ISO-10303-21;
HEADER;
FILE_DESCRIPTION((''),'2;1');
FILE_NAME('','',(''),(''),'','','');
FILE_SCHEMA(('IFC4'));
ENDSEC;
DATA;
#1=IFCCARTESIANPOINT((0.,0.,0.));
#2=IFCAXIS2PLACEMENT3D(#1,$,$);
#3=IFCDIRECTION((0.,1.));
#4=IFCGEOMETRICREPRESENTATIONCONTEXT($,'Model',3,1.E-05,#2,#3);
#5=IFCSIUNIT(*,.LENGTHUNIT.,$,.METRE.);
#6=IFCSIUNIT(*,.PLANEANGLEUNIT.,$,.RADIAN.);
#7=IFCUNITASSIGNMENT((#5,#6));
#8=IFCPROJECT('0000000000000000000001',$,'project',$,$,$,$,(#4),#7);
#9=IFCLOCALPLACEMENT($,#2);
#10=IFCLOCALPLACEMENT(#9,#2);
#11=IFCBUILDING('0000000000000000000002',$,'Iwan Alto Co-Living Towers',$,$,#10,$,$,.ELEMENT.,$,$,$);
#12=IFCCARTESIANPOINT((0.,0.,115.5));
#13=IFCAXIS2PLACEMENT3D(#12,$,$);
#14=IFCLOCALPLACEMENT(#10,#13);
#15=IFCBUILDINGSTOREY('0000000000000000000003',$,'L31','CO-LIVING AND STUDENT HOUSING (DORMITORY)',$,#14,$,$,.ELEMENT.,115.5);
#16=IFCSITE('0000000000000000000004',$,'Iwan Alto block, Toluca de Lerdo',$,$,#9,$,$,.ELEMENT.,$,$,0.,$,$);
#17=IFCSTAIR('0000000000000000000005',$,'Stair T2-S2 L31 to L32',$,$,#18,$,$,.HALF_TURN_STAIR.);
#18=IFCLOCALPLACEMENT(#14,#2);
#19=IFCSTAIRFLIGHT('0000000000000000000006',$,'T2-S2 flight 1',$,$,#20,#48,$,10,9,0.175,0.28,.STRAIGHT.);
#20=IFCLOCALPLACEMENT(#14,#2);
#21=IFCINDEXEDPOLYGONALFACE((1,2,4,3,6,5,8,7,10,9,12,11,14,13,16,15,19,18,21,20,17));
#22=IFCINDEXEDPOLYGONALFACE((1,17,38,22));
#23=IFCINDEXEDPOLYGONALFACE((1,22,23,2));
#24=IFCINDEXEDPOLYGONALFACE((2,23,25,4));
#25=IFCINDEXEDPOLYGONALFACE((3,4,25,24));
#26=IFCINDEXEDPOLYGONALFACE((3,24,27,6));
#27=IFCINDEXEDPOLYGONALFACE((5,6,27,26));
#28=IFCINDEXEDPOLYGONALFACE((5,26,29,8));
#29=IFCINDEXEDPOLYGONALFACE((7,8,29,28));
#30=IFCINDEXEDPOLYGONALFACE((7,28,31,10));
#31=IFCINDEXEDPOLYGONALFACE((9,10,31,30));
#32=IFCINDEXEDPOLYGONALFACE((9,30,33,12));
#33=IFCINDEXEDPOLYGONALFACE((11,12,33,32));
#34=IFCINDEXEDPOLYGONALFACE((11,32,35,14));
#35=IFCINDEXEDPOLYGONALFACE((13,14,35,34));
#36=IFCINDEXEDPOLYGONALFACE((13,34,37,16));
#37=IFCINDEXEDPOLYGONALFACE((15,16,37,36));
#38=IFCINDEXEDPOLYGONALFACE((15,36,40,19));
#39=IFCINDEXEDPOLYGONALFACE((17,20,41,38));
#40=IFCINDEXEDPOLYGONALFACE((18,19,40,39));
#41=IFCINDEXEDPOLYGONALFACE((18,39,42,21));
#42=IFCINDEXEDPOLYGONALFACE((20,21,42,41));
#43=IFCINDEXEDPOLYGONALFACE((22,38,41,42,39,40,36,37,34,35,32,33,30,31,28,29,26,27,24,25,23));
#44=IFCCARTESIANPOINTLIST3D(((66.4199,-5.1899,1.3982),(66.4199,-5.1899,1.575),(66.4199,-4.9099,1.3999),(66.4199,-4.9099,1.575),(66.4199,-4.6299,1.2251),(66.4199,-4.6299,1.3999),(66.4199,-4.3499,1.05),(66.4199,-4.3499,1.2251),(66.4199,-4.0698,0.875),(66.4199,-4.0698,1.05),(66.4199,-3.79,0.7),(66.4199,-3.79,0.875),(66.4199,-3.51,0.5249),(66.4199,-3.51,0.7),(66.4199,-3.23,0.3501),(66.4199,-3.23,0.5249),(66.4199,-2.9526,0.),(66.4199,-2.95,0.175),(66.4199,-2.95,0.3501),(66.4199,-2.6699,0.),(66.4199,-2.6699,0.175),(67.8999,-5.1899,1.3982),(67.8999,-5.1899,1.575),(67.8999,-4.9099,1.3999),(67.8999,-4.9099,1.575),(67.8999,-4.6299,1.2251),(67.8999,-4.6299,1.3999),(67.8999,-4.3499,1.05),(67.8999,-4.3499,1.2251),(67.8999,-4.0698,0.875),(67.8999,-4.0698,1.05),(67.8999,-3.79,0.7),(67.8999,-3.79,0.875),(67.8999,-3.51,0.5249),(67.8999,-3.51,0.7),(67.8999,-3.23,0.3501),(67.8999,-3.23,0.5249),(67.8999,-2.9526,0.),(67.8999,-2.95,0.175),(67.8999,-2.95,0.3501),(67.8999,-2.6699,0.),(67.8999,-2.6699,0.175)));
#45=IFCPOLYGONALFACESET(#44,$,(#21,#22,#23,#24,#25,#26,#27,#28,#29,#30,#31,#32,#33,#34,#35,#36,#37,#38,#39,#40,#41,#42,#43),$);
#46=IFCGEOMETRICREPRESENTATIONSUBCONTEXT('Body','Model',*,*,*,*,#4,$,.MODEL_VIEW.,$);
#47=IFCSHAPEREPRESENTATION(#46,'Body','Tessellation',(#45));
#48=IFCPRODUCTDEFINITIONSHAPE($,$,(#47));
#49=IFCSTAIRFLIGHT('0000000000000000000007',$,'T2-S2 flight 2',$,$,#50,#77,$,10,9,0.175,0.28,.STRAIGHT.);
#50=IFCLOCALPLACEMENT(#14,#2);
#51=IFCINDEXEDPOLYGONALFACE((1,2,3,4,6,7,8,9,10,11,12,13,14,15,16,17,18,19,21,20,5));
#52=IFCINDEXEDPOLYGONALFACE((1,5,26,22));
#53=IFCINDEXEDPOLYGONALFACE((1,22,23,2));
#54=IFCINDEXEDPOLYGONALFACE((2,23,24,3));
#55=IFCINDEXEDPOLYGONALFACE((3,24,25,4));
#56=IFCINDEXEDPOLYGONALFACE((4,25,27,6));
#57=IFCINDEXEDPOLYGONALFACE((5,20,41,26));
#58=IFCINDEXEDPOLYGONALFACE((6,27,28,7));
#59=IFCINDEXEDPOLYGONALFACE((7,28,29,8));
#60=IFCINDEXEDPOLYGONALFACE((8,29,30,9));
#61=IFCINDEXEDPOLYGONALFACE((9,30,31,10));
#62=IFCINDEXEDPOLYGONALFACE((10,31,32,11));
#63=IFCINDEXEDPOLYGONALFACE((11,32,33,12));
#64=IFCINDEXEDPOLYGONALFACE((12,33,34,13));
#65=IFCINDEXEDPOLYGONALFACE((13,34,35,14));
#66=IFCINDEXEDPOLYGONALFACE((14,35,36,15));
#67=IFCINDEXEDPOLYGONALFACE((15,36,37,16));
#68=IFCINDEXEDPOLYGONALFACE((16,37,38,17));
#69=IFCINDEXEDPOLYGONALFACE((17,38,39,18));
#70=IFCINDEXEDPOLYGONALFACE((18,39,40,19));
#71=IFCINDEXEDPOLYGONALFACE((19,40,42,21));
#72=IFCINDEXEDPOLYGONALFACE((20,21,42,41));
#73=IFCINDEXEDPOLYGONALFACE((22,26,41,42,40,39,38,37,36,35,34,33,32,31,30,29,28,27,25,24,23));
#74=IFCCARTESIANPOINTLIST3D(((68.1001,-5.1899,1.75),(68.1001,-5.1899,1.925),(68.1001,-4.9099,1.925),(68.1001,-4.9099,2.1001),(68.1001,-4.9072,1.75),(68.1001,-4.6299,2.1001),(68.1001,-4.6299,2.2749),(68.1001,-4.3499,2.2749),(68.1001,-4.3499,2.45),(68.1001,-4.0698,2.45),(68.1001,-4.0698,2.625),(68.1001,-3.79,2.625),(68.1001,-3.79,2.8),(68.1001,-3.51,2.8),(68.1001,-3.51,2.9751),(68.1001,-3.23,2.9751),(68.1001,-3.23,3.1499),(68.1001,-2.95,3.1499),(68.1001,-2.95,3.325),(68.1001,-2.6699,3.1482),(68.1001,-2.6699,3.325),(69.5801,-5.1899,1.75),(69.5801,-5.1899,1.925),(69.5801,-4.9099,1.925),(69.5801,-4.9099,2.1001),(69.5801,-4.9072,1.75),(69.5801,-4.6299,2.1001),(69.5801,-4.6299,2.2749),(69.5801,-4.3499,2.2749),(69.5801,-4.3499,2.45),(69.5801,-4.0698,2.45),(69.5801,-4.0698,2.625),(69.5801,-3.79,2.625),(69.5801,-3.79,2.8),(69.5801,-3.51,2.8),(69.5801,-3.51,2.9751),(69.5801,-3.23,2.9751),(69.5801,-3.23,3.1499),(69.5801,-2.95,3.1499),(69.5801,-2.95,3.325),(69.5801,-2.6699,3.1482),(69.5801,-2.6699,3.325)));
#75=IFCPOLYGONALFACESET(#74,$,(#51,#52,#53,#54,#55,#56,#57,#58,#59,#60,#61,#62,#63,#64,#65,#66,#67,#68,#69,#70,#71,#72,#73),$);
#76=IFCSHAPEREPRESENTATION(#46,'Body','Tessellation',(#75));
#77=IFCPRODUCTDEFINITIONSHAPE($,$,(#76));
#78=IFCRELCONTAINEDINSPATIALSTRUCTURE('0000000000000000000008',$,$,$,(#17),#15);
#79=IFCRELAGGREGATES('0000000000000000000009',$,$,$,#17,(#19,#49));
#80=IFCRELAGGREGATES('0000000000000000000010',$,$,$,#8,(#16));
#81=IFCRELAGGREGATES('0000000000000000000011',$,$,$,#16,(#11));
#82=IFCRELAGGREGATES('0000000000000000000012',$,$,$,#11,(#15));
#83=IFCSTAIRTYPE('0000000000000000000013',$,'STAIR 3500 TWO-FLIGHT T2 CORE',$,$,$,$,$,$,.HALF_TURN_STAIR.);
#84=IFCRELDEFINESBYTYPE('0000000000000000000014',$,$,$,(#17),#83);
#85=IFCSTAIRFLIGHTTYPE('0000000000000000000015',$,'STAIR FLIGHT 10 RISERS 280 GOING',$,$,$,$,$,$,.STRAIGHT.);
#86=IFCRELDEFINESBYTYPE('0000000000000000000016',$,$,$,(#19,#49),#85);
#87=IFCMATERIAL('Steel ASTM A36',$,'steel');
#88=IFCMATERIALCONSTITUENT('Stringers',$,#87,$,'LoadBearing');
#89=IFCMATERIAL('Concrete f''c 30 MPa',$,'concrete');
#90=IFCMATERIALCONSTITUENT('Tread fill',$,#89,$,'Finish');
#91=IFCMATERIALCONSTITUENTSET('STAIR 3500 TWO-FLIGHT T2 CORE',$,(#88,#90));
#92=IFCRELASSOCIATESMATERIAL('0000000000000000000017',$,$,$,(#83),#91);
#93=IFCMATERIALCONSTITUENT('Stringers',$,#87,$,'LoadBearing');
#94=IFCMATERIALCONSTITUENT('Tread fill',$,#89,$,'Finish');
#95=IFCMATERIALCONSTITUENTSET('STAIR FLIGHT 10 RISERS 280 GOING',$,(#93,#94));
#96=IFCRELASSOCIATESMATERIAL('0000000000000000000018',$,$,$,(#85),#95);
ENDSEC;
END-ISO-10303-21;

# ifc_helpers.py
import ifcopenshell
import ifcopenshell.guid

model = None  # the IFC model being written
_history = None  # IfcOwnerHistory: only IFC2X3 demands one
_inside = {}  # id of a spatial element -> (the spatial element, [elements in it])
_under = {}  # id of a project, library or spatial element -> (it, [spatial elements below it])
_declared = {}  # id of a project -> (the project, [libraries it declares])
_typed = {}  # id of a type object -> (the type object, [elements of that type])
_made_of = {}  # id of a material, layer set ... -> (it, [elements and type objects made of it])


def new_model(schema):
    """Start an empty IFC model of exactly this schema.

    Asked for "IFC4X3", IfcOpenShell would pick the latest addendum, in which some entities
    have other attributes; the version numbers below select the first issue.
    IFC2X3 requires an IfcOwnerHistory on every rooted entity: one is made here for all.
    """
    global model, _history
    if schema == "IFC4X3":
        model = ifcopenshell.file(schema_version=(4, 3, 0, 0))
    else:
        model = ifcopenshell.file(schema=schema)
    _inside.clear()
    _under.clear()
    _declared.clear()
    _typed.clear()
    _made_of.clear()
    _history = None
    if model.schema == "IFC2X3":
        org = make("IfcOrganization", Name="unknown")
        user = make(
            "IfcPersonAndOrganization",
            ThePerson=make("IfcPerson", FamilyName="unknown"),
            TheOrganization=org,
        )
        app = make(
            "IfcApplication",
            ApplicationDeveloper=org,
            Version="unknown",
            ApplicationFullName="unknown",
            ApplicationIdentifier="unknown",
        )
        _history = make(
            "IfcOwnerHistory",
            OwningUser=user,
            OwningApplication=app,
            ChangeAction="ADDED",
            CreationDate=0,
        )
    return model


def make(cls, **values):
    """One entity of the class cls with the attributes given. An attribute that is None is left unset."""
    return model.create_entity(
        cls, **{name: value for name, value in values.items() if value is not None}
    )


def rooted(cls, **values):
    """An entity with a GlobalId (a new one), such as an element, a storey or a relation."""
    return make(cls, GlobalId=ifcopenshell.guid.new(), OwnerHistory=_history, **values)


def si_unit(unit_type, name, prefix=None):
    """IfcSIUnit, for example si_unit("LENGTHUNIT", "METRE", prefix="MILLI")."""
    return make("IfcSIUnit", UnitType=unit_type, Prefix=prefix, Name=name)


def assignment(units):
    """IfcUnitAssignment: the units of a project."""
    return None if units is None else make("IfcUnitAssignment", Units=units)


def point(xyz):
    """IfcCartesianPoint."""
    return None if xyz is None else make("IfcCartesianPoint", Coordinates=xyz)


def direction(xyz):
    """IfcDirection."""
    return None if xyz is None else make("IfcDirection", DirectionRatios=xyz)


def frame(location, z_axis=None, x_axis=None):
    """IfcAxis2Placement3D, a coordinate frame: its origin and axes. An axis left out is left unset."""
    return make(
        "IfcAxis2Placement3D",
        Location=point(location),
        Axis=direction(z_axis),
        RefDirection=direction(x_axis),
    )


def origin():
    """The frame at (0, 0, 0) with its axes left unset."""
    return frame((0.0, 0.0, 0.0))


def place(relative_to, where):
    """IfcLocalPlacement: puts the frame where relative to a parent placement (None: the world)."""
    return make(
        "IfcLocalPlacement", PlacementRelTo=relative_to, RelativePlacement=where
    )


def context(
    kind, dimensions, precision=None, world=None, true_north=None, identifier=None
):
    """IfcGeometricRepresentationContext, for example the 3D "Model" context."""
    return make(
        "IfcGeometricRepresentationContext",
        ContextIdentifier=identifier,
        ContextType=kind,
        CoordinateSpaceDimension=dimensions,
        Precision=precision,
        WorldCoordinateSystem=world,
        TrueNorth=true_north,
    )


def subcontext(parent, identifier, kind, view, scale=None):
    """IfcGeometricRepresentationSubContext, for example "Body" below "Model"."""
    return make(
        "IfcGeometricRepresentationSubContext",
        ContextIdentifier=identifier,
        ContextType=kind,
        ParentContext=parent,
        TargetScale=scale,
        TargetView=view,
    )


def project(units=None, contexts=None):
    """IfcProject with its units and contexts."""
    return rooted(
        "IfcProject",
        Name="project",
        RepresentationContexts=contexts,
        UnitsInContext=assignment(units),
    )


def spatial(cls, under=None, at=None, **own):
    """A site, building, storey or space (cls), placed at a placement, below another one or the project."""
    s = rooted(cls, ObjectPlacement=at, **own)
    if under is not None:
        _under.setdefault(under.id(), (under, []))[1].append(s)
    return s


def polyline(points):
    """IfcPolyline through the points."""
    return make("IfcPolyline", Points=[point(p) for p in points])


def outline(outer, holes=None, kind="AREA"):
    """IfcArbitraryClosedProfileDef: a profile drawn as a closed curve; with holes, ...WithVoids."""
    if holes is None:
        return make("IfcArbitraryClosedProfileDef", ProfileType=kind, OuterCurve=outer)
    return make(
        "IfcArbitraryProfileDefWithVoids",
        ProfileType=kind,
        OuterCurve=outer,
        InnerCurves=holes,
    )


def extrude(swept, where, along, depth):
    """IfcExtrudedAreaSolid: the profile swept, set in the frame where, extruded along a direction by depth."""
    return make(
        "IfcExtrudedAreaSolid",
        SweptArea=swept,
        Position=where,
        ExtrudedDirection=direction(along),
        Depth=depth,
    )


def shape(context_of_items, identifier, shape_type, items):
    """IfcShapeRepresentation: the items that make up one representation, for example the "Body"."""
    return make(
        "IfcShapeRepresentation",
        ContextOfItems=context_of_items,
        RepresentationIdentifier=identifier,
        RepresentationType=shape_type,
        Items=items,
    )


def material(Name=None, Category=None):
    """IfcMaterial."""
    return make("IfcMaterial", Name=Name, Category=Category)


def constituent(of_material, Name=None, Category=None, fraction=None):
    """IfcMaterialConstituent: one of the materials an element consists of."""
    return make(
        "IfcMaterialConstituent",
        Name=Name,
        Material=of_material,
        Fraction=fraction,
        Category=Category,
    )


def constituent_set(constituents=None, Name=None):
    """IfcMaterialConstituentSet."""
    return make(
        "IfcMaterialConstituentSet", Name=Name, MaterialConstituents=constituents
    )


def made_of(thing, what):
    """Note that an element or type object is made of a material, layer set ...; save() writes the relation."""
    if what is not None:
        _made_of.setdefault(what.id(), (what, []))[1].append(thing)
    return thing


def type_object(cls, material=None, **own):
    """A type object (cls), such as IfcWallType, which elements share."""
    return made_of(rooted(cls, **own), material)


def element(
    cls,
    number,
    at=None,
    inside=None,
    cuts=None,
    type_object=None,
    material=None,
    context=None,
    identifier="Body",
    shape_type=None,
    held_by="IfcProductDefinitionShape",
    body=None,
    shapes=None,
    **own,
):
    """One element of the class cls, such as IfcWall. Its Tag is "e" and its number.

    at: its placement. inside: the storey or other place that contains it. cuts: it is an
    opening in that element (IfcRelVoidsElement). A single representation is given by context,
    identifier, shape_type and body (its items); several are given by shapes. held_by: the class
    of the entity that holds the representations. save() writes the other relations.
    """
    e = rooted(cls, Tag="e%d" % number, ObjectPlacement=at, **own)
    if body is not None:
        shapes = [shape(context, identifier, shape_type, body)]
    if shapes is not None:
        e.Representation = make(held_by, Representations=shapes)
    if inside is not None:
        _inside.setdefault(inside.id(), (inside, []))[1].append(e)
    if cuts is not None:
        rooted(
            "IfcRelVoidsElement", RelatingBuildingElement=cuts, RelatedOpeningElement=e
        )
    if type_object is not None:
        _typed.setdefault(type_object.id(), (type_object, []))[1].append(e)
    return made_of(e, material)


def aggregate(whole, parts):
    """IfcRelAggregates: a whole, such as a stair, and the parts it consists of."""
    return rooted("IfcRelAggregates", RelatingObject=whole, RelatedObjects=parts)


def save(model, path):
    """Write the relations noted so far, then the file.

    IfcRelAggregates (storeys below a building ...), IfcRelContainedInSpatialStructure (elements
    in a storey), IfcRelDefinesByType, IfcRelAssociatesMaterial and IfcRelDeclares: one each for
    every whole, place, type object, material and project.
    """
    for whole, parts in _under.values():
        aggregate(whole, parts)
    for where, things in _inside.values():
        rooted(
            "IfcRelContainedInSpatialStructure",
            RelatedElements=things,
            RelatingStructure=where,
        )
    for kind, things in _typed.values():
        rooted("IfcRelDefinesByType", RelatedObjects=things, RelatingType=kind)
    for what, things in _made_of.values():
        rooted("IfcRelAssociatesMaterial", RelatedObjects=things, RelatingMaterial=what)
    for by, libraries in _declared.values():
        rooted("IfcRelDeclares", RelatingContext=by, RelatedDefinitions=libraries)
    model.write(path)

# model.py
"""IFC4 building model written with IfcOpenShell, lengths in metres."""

from ifc_helpers import new_model, si_unit, direction, frame, origin, place, context, subcontext, project, spatial, polyline, outline, extrude, material, constituent, constituent_set, type_object, element, aggregate, save


model = new_model("IFC4")

# Units and contexts
model_context = context("Model", 3, precision=1e-05, world=origin(), true_north=direction((0.0, 1.0)))
body_context = subcontext(model_context, "Body", "Model", "MODEL_VIEW")
ifc_project = project(units=[si_unit("LENGTHUNIT", "METRE"), si_unit("PLANEANGLEUNIT", "RADIAN")], contexts=[model_context])

# Site, building, storey
site_placement = place(None, origin())
site = spatial("IfcSite", under=ifc_project, at=site_placement, Name="Iwan Alto block, Toluca de Lerdo", CompositionType="ELEMENT", RefElevation=0.0)
building_placement = place(site_placement, origin())
building = spatial("IfcBuilding", under=site, at=building_placement, Name="Iwan Alto Co-Living Towers", CompositionType="ELEMENT")
storey_placement = place(building_placement, frame((0.0, 0.0, 115.5)))
storey = spatial("IfcBuildingStorey", under=building, at=storey_placement, Name="L31", Description="CO-LIVING AND STUDENT HOUSING (DORMITORY)", CompositionType="ELEMENT", Elevation=115.5)

# Stair, stair flights
ifc_material_1 = material(Name="Steel ASTM A36", Category="steel")
ifc_constituent_1 = constituent(ifc_material_1, Name="Stringers", Category="LoadBearing")
ifc_material_2 = material(Name="Concrete f'c 30 MPa", Category="concrete")
ifc_constituent_2 = constituent(ifc_material_2, Name="Tread fill", Category="Finish")
ifc_constituent_set_1 = constituent_set(constituents=[ifc_constituent_1, ifc_constituent_2], Name="STAIR 3500 TWO-FLIGHT T2 CORE")
stair_type = type_object("IfcStairType", Name="STAIR 3500 TWO-FLIGHT T2 CORE", PredefinedType="HALF_TURN_STAIR", material=ifc_constituent_set_1)
stair_placement = place(storey_placement, origin())
stair = element("IfcStair", 1, at=stair_placement, inside=storey, type_object=stair_type, Name="Stair T2-S2 L31 to L32", PredefinedType="HALF_TURN_STAIR")
ifc_constituent_3 = constituent(ifc_material_1, Name="Stringers", Category="LoadBearing")
ifc_constituent_4 = constituent(ifc_material_2, Name="Tread fill", Category="Finish")
ifc_constituent_set_2 = constituent_set(constituents=[ifc_constituent_3, ifc_constituent_4], Name="STAIR FLIGHT 10 RISERS 280 GOING")
stair_flight_type = type_object("IfcStairFlightType", Name="STAIR FLIGHT 10 RISERS 280 GOING", PredefinedType="STRAIGHT", material=ifc_constituent_set_2)
stair_flight_1_placement = place(storey_placement, frame((67.1599, -2.6699, 0.0), z_axis=(0.0, 0.0, 1.0), x_axis=(0.0, -1.0, 0.0)))
stair_flight_1 = element("IfcStairFlight", 2, at=stair_flight_1_placement, type_object=stair_flight_type, Name="T2-S2 flight 1", NumberOfRisers=10, NumberOfTreads=9, PredefinedType="STRAIGHT", RiserHeight=0.175, TreadLength=0.28, context=body_context, shape_type="SweptSolid", body=[
    extrude(outline(polyline([(0.0, 0.0), (0.0, 0.175), (0.28, 0.175), (0.28, 0.3501), (0.5601, 0.3501), (0.5601, 0.5249), (0.8401, 0.5249), (0.8401, 0.7), (1.1201, 0.7), (1.1201, 0.875), (1.3999, 0.875), (1.3999, 1.05), (1.6799, 1.05), (1.6799, 1.2251), (1.96, 1.2251), (1.96, 1.3999), (2.24, 1.3999), (2.24, 1.575), (2.52, 1.575), (2.52, 1.75), (2.52, 1.3982), (0.2827, 0.0), (0.0, 0.0)])), frame((0.0, 0.74, 0.0), z_axis=(0.0, -1.0, 0.0), x_axis=(1.0, 0.0, 0.0)), (0.0, 0.0, 1.0), 1.48),
])
stair_flight_2_placement = place(storey_placement, frame((68.8401, -5.1899, 1.75), z_axis=(0.0, 0.0, 1.0), x_axis=(0.0, 1.0, 0.0)))
stair_flight_2 = element("IfcStairFlight", 3, at=stair_flight_2_placement, type_object=stair_flight_type, Name="T2-S2 flight 2", NumberOfRisers=10, NumberOfTreads=9, PredefinedType="STRAIGHT", RiserHeight=0.175, TreadLength=0.28, context=body_context, shape_type="SweptSolid", body=[
    extrude(outline(polyline([(0.0, 0.0), (0.0, 0.175), (0.28, 0.175), (0.28, 0.3501), (0.5601, 0.3501), (0.5601, 0.5249), (0.8401, 0.5249), (0.8401, 0.7), (1.1201, 0.7), (1.1201, 0.875), (1.3999, 0.875), (1.3999, 1.05), (1.6799, 1.05), (1.6799, 1.2251), (1.96, 1.2251), (1.96, 1.3999), (2.24, 1.3999), (2.24, 1.575), (2.52, 1.575), (2.52, 1.75), (2.52, 1.3982), (0.2827, 0.0), (0.0, 0.0)])), frame((0.0, 0.74, 0.0), z_axis=(0.0, -1.0, 0.0), x_axis=(1.0, 0.0, 0.0)), (0.0, 0.0, 1.0), 1.48),
])
aggregate(stair, [stair_flight_1, stair_flight_2])

save(model, "model.ifc")
